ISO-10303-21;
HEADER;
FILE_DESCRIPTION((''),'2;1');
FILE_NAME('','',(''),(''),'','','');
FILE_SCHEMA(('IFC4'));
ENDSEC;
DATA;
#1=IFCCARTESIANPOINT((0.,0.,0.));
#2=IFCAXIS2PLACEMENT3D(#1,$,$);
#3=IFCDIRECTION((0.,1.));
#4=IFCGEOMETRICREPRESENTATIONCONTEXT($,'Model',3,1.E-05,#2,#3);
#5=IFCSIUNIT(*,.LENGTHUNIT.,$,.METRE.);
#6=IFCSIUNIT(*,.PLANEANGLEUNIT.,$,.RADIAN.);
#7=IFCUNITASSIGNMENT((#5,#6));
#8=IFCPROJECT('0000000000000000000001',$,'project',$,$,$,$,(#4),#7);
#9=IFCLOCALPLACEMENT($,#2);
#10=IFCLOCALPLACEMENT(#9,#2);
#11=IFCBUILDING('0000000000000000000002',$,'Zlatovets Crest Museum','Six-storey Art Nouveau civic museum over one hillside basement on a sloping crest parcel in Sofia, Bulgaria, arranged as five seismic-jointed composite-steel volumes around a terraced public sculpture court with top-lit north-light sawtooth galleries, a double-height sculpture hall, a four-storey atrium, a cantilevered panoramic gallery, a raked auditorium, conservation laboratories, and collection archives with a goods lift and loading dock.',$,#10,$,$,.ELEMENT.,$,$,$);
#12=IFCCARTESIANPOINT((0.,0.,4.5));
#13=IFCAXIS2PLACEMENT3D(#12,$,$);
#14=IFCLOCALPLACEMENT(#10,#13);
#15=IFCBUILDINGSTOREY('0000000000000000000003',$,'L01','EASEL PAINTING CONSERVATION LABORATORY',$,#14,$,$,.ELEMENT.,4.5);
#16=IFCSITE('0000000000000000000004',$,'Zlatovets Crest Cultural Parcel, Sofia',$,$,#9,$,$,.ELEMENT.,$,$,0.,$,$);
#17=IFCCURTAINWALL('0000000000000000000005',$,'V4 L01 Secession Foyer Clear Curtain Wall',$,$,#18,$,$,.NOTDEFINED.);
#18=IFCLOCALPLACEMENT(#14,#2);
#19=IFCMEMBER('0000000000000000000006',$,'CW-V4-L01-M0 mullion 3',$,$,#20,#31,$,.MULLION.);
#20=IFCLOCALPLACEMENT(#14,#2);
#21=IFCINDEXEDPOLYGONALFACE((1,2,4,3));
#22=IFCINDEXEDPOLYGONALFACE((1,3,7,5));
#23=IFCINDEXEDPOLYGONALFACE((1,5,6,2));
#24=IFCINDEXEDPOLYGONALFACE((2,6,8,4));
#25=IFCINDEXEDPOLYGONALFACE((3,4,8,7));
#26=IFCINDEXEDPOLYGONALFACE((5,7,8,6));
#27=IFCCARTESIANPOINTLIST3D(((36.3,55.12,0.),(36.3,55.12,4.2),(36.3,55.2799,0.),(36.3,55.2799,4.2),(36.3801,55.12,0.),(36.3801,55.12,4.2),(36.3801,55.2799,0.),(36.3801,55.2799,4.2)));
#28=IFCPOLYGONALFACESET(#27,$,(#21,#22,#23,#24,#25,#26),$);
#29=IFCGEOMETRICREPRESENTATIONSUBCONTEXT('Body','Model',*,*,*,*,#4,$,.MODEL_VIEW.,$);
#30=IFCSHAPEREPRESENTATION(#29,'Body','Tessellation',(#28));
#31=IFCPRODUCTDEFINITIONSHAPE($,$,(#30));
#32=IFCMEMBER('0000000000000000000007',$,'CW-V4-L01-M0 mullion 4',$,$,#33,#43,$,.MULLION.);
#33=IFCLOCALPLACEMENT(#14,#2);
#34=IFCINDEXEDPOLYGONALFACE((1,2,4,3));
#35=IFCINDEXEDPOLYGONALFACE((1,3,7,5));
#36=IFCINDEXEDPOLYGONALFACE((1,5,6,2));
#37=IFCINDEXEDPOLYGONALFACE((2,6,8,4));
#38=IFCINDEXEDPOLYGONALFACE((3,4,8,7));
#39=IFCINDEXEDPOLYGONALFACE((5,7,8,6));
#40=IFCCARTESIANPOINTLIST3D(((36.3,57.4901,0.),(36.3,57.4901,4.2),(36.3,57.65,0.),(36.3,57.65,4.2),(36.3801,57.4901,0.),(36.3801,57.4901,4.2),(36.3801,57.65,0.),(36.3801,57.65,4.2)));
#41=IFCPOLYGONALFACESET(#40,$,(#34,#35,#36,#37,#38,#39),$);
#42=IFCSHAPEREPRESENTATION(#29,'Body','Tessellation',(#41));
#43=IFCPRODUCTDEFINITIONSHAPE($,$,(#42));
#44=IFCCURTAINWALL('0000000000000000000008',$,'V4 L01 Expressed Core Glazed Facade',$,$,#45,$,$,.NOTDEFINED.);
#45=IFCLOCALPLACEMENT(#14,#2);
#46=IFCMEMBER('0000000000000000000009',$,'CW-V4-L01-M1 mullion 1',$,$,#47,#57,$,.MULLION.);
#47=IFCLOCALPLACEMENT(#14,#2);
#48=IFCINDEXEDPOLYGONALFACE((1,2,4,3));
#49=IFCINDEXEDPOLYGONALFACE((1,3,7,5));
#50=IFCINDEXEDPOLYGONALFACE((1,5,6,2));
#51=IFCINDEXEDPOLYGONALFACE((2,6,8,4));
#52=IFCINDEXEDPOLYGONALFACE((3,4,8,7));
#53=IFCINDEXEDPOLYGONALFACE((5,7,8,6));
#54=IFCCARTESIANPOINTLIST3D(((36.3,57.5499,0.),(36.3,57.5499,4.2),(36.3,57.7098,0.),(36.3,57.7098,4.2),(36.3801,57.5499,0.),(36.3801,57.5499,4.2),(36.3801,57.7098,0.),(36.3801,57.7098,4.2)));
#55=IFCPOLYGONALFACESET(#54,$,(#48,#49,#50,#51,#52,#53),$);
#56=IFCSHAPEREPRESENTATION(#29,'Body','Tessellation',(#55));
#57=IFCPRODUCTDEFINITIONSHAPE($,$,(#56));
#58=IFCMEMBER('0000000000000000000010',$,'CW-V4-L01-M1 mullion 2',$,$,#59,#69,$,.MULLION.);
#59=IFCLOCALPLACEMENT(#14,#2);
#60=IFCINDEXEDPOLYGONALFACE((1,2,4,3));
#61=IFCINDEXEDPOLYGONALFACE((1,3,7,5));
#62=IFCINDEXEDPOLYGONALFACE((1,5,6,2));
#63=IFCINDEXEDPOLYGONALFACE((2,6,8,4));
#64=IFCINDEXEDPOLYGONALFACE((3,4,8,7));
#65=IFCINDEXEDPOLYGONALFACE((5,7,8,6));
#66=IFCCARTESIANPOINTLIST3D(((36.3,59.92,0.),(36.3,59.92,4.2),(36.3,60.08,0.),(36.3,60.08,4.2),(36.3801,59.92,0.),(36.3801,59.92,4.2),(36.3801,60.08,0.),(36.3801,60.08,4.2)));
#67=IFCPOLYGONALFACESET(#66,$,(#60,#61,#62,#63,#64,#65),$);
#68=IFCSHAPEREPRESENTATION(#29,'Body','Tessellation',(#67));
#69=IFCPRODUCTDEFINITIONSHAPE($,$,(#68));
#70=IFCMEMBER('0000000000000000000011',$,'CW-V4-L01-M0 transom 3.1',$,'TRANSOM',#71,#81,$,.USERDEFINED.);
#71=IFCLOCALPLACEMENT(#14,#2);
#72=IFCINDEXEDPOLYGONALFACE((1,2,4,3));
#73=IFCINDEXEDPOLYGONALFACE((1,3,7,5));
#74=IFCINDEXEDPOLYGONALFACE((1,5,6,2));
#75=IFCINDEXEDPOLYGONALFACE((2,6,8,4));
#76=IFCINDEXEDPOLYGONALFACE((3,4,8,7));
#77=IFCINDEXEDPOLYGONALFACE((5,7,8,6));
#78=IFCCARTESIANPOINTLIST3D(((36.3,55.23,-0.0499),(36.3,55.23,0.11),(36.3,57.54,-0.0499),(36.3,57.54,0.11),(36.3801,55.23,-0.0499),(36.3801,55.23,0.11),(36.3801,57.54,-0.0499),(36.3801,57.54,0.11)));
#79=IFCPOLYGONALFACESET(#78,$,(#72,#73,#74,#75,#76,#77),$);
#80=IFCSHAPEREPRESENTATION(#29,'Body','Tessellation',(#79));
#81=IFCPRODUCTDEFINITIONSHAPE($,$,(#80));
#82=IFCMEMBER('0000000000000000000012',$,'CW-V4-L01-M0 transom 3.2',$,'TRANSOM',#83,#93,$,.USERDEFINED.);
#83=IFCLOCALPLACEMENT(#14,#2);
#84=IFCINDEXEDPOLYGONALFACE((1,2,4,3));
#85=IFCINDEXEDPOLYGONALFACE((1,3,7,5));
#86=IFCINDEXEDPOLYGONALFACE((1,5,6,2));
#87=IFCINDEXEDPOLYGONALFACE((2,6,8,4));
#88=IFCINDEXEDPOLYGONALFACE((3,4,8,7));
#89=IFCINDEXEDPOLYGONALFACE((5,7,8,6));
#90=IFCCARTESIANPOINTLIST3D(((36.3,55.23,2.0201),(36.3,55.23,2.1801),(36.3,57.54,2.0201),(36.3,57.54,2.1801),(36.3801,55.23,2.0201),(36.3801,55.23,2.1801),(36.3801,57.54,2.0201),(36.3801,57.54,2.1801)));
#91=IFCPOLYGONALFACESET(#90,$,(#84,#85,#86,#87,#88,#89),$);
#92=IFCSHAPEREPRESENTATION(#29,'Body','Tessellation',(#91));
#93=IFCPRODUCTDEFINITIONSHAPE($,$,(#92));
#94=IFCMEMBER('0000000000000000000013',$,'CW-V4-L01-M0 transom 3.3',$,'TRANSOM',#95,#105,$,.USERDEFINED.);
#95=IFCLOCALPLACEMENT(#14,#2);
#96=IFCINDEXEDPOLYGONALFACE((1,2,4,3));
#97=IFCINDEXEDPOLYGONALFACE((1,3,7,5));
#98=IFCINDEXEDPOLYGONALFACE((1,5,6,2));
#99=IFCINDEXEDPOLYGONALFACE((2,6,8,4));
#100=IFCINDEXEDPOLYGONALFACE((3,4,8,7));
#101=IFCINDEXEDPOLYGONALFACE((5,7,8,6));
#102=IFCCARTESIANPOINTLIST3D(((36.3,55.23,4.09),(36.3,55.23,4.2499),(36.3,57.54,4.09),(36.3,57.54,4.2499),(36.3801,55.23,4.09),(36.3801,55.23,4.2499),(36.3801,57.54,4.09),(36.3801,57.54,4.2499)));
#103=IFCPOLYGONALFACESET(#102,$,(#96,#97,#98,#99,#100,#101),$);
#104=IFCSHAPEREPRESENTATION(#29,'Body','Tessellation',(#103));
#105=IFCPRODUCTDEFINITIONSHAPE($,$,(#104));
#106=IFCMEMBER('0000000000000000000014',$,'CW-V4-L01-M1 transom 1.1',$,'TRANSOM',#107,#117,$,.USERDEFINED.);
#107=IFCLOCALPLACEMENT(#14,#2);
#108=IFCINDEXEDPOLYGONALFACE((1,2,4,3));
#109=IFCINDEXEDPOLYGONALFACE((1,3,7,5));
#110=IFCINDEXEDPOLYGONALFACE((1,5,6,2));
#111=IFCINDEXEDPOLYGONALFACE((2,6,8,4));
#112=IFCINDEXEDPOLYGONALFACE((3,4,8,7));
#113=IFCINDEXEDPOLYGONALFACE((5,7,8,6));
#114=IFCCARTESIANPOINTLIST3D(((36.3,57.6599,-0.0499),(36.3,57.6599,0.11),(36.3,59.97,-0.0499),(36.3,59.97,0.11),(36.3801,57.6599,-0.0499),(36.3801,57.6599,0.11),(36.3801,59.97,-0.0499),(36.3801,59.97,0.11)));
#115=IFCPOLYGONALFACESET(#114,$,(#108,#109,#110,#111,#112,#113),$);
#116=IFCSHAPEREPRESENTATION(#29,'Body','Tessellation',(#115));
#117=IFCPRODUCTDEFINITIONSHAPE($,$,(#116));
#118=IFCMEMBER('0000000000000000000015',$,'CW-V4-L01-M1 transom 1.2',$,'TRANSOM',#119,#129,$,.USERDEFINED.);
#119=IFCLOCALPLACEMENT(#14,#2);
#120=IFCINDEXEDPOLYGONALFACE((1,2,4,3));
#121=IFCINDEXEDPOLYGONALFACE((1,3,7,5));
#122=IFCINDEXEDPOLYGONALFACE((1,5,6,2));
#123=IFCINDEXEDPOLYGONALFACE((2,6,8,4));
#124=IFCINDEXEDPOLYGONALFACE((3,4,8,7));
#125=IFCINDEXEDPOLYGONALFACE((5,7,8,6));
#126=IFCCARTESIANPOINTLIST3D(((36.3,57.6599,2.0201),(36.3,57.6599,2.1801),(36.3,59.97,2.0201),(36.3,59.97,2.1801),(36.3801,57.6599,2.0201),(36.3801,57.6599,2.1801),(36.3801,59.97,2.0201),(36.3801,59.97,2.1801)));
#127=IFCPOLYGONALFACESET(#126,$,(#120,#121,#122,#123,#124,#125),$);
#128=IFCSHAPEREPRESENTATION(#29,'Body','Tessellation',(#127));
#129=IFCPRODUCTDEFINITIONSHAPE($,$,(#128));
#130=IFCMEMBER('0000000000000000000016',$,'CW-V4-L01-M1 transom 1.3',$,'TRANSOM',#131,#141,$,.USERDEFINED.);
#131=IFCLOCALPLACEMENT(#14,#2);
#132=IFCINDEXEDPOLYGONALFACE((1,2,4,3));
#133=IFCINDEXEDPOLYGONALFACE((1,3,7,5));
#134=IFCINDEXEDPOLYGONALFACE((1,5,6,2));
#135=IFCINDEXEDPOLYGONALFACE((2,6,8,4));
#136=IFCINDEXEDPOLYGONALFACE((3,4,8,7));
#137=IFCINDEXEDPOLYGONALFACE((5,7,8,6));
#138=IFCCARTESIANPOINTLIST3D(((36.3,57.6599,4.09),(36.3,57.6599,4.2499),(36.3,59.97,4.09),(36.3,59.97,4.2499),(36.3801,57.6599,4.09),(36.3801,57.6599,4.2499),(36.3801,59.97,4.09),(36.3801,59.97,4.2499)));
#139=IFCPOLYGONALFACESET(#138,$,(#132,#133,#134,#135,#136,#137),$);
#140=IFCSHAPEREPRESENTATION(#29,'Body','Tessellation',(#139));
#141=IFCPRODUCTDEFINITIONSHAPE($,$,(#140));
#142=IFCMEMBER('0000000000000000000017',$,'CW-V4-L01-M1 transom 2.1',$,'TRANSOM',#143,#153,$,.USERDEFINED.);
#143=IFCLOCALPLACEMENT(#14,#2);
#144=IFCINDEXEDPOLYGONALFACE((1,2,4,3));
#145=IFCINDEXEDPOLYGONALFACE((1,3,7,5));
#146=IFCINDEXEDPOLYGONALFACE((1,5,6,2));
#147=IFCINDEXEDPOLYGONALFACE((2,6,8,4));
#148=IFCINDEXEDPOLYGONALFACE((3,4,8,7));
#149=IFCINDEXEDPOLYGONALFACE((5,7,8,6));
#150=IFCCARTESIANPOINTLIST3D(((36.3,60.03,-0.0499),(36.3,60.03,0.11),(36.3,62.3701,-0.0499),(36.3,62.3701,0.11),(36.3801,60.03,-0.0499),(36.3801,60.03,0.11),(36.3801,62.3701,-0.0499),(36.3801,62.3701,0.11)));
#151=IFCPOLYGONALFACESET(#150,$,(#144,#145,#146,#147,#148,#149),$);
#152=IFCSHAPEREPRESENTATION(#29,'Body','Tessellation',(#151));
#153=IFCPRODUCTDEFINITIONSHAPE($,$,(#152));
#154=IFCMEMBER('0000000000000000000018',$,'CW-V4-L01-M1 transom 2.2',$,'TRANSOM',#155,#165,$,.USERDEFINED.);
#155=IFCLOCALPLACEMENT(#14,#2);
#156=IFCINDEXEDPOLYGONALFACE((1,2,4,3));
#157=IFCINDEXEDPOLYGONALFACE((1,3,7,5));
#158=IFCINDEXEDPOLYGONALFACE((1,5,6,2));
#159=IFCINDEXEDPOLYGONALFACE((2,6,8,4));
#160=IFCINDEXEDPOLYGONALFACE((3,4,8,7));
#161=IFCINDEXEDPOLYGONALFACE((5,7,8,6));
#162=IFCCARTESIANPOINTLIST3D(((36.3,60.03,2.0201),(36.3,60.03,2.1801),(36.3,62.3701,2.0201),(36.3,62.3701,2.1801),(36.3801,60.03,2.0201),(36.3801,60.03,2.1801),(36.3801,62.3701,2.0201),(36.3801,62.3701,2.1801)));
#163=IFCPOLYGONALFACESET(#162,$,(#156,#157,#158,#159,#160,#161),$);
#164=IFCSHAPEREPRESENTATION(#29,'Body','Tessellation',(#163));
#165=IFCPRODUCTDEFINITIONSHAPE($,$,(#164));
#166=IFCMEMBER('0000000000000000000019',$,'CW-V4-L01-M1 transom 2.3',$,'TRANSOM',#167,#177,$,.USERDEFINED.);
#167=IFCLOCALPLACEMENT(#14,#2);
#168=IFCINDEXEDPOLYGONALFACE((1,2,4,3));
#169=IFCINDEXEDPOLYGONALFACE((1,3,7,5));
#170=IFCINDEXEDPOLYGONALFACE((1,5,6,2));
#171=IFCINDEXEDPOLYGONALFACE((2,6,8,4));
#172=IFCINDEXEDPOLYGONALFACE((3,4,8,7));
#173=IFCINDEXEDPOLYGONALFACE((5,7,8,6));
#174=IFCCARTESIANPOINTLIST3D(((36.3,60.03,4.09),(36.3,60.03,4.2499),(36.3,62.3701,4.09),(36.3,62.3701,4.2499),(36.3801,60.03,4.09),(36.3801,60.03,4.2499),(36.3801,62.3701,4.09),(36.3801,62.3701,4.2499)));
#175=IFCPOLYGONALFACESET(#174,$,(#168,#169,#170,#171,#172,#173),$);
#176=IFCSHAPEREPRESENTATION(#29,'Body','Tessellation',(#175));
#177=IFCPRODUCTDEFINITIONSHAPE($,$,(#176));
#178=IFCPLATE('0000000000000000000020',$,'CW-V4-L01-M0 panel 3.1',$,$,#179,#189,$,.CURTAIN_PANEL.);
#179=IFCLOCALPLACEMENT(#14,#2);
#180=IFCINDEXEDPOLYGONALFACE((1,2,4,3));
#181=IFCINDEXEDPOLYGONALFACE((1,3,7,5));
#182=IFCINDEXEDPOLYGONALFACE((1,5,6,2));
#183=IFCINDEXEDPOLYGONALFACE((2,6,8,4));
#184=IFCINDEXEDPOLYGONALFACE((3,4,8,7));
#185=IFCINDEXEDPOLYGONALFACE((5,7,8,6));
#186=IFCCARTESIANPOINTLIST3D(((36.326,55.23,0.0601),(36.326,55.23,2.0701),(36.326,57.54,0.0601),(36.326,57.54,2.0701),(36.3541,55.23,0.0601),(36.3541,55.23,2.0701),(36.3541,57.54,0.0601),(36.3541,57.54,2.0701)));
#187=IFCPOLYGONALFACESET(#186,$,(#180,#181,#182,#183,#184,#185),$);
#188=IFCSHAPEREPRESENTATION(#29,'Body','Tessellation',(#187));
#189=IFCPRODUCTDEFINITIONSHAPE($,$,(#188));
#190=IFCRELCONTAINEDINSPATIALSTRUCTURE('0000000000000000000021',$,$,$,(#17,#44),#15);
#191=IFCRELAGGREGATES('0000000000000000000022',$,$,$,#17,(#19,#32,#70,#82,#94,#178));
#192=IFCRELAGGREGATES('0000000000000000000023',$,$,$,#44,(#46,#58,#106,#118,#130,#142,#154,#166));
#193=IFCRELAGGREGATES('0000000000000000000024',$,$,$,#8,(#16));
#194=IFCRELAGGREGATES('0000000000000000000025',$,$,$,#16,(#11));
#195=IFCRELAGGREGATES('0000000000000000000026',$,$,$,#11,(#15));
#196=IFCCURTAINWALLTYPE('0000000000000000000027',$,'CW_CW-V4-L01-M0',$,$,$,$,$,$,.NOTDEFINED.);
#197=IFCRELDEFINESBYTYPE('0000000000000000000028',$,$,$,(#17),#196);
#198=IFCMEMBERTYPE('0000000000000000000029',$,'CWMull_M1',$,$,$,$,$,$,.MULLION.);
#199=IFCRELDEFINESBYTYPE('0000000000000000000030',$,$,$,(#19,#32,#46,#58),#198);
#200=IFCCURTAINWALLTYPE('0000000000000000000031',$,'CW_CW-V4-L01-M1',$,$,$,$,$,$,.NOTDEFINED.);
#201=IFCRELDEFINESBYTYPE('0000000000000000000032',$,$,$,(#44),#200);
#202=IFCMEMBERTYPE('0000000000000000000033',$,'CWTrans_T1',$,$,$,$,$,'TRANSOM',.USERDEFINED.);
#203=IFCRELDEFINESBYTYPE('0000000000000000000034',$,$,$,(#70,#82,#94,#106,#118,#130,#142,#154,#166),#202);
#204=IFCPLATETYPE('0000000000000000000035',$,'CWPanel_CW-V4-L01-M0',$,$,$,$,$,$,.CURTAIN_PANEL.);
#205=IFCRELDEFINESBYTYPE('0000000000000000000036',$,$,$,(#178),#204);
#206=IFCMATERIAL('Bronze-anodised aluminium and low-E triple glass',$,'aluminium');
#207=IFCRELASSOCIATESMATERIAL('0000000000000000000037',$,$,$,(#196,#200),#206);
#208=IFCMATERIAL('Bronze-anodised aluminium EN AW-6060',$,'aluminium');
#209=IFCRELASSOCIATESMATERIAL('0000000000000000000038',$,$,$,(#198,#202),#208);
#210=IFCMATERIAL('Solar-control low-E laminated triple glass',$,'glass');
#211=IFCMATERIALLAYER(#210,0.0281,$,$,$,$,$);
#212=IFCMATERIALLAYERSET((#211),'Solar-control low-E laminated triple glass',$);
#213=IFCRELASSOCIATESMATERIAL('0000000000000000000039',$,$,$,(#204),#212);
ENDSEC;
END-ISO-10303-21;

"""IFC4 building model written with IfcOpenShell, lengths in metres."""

from ifc_helpers import new_model, si_unit, direction, frame, origin, origin_2d, place, context, subcontext, project, spatial, rectangle, extrude, material, layer, layer_set, material_profile, profile_set, type_object, element, aggregate, save


model = new_model("IFC4")

# Units and contexts
model_context = context("Model", 3, precision=1e-05, world=origin(), true_north=direction((0.0, 1.0)))
body_context = subcontext(model_context, "Body", "Model", "MODEL_VIEW")
ifc_project = project(units=[si_unit("LENGTHUNIT", "METRE"), si_unit("PLANEANGLEUNIT", "RADIAN")], contexts=[model_context])

# Site, building, storey
site_placement = place(None, origin())
site = spatial("IfcSite", under=ifc_project, at=site_placement, Name="Zlatovets Crest Cultural Parcel, Sofia", CompositionType="ELEMENT", RefElevation=0.0)
building_placement = place(site_placement, origin())
building = spatial("IfcBuilding", under=site, at=building_placement, Name="Zlatovets Crest Museum", Description="Six-storey Art Nouveau civic museum over one hillside basement on a sloping crest parcel in Sofia, Bulgaria, arranged as five seismic-jointed composite-steel volumes around a terraced public sculpture court with top-lit north-light sawtooth galleries, a double-height sculpture hall, a four-storey atrium, a cantilevered panoramic gallery, a raked auditorium, conservation laboratories, and collection archives with a goods lift and loading dock.", CompositionType="ELEMENT")
storey_placement = place(building_placement, frame((0.0, 0.0, 4.5)))
storey = spatial("IfcBuildingStorey", under=building, at=storey_placement, Name="L01", Description="EASEL PAINTING CONSERVATION LABORATORY", CompositionType="ELEMENT", Elevation=4.5)

# Curtain walls, members
ifc_material_1 = material(Name="Bronze-anodised aluminium and low-E triple glass", Category="aluminium")
curtain_wall_type_1 = type_object("IfcCurtainWallType", Name="CW_CW-V4-L01-M0", PredefinedType="NOTDEFINED", material=ifc_material_1)
curtain_wall_1_placement = place(storey_placement, origin())
curtain_wall_1 = element("IfcCurtainWall", 1, at=curtain_wall_1_placement, inside=storey, type_object=curtain_wall_type_1, Name="V4 L01 Secession Foyer Clear Curtain Wall", PredefinedType="NOTDEFINED")
ifc_material_2 = material(Name="Bronze-anodised aluminium EN AW-6060", Category="aluminium")
ifc_material_profile_1 = material_profile(ifc_material_2, rectangle(XDim=0.0801, YDim=0.1599, at=origin_2d()), Name="ALU 80x160")
ifc_profile_set_1 = profile_set([ifc_material_profile_1], Name="Bronze-anodised aluminium EN AW-6060")
member_type_1 = type_object("IfcMemberType", Name="CWMull_M1", PredefinedType="MULLION", material=ifc_profile_set_1)
member_1_placement = place(storey_placement, frame((36.3401, 55.2, 0.0), z_axis=(0.0, 0.0, 1.0), x_axis=(-1.0, 0.0, 0.0)))
member_1 = element("IfcMember", 2, at=member_1_placement, type_object=member_type_1, Name="CW-V4-L01-M0 mullion 3", PredefinedType="MULLION", context=body_context, shape_type="SweptSolid", body=[
    extrude(rectangle(XDim=0.0801, YDim=0.1599, at=origin_2d()), origin(), (0.0, 0.0, 1.0), 4.2),
])
member_2_placement = place(storey_placement, frame((36.3401, 57.5701, 0.0), z_axis=(0.0, 0.0, 1.0), x_axis=(-1.0, 0.0, 0.0)))
member_2 = element("IfcMember", 3, at=member_2_placement, type_object=member_type_1, Name="CW-V4-L01-M0 mullion 4", PredefinedType="MULLION", context=body_context, shape_type="SweptSolid", body=[
    extrude(rectangle(XDim=0.0801, YDim=0.1599, at=origin_2d()), origin(), (0.0, 0.0, 1.0), 4.2),
])
curtain_wall_type_2 = type_object("IfcCurtainWallType", Name="CW_CW-V4-L01-M1", PredefinedType="NOTDEFINED", material=ifc_material_1)
curtain_wall_2_placement = place(storey_placement, origin())
curtain_wall_2 = element("IfcCurtainWall", 4, at=curtain_wall_2_placement, inside=storey, type_object=curtain_wall_type_2, Name="V4 L01 Expressed Core Glazed Facade", PredefinedType="NOTDEFINED")
member_3_placement = place(storey_placement, frame((36.3401, 57.6299, 0.0), z_axis=(0.0, 0.0, 1.0), x_axis=(-1.0, 0.0, 0.0)))
member_3 = element("IfcMember", 5, at=member_3_placement, type_object=member_type_1, Name="CW-V4-L01-M1 mullion 1", PredefinedType="MULLION", context=body_context, shape_type="SweptSolid", body=[
    extrude(rectangle(XDim=0.0801, YDim=0.1599, at=origin_2d()), origin(), (0.0, 0.0, 1.0), 4.2),
])
member_4_placement = place(storey_placement, frame((36.3401, 60.0, 0.0), z_axis=(0.0, 0.0, 1.0), x_axis=(-1.0, 0.0, 0.0)))
member_4 = element("IfcMember", 6, at=member_4_placement, type_object=member_type_1, Name="CW-V4-L01-M1 mullion 2", PredefinedType="MULLION", context=body_context, shape_type="SweptSolid", body=[
    extrude(rectangle(XDim=0.0801, YDim=0.1599, at=origin_2d()), origin(), (0.0, 0.0, 1.0), 4.2),
])

# Members
ifc_material_profile_2 = material_profile(ifc_material_2, rectangle(XDim=0.0801, YDim=0.1599, at=origin_2d()), Name="ALU 80x160")
ifc_profile_set_2 = profile_set([ifc_material_profile_2], Name="Bronze-anodised aluminium EN AW-6060")
member_type_2 = type_object("IfcMemberType", Name="CWTrans_T1", ElementType="TRANSOM", PredefinedType="USERDEFINED", material=ifc_profile_set_2)
member_5_placement = place(storey_placement, frame((36.3401, 55.23, 0.03), z_axis=(0.0, 1.0, 0.0), x_axis=(-1.0, 0.0, 0.0)))
member_5 = element("IfcMember", 7, at=member_5_placement, type_object=member_type_2, Name="CW-V4-L01-M0 transom 3.1", ObjectType="TRANSOM", PredefinedType="USERDEFINED", context=body_context, shape_type="SweptSolid", body=[
    extrude(rectangle(XDim=0.0801, YDim=0.1599, at=origin_2d()), origin(), (0.0, 0.0, 1.0), 2.3101),
])
member_6_placement = place(storey_placement, frame((36.3401, 55.23, 2.1001), z_axis=(0.0, 1.0, 0.0), x_axis=(-1.0, 0.0, 0.0)))
member_6 = element("IfcMember", 8, at=member_6_placement, type_object=member_type_2, Name="CW-V4-L01-M0 transom 3.2", ObjectType="TRANSOM", PredefinedType="USERDEFINED", context=body_context, shape_type="SweptSolid", body=[
    extrude(rectangle(XDim=0.0801, YDim=0.1599, at=origin_2d()), origin(), (0.0, 0.0, 1.0), 2.3101),
])
member_7_placement = place(storey_placement, frame((36.3401, 55.23, 4.1699), z_axis=(0.0, 1.0, 0.0), x_axis=(-1.0, 0.0, 0.0)))
member_7 = element("IfcMember", 9, at=member_7_placement, type_object=member_type_2, Name="CW-V4-L01-M0 transom 3.3", ObjectType="TRANSOM", PredefinedType="USERDEFINED", context=body_context, shape_type="SweptSolid", body=[
    extrude(rectangle(XDim=0.0801, YDim=0.1599, at=origin_2d()), origin(), (0.0, 0.0, 1.0), 2.3101),
])
member_8_placement = place(storey_placement, frame((36.3401, 57.6599, 0.03), z_axis=(0.0, 1.0, 0.0), x_axis=(-1.0, 0.0, 0.0)))
member_8 = element("IfcMember", 10, at=member_8_placement, type_object=member_type_2, Name="CW-V4-L01-M1 transom 1.1", ObjectType="TRANSOM", PredefinedType="USERDEFINED", context=body_context, shape_type="SweptSolid", body=[
    extrude(rectangle(XDim=0.0801, YDim=0.1599, at=origin_2d()), origin(), (0.0, 0.0, 1.0), 2.3101),
])
member_9_placement = place(storey_placement, frame((36.3401, 57.6599, 2.1001), z_axis=(0.0, 1.0, 0.0), x_axis=(-1.0, 0.0, 0.0)))
member_9 = element("IfcMember", 11, at=member_9_placement, type_object=member_type_2, Name="CW-V4-L01-M1 transom 1.2", ObjectType="TRANSOM", PredefinedType="USERDEFINED", context=body_context, shape_type="SweptSolid", body=[
    extrude(rectangle(XDim=0.0801, YDim=0.1599, at=origin_2d()), origin(), (0.0, 0.0, 1.0), 2.3101),
])
member_10_placement = place(storey_placement, frame((36.3401, 57.6599, 4.1699), z_axis=(0.0, 1.0, 0.0), x_axis=(-1.0, 0.0, 0.0)))
member_10 = element("IfcMember", 12, at=member_10_placement, type_object=member_type_2, Name="CW-V4-L01-M1 transom 1.3", ObjectType="TRANSOM", PredefinedType="USERDEFINED", context=body_context, shape_type="SweptSolid", body=[
    extrude(rectangle(XDim=0.0801, YDim=0.1599, at=origin_2d()), origin(), (0.0, 0.0, 1.0), 2.3101),
])
member_11_placement = place(storey_placement, frame((36.3401, 60.03, 0.03), z_axis=(0.0, 1.0, 0.0), x_axis=(-1.0, 0.0, 0.0)))
member_11 = element("IfcMember", 13, at=member_11_placement, type_object=member_type_2, Name="CW-V4-L01-M1 transom 2.1", ObjectType="TRANSOM", PredefinedType="USERDEFINED", context=body_context, shape_type="SweptSolid", body=[
    extrude(rectangle(XDim=0.0801, YDim=0.1599, at=origin_2d()), origin(), (0.0, 0.0, 1.0), 2.3401),
])
member_12_placement = place(storey_placement, frame((36.3401, 60.03, 2.1001), z_axis=(0.0, 1.0, 0.0), x_axis=(-1.0, 0.0, 0.0)))
member_12 = element("IfcMember", 14, at=member_12_placement, type_object=member_type_2, Name="CW-V4-L01-M1 transom 2.2", ObjectType="TRANSOM", PredefinedType="USERDEFINED", context=body_context, shape_type="SweptSolid", body=[
    extrude(rectangle(XDim=0.0801, YDim=0.1599, at=origin_2d()), origin(), (0.0, 0.0, 1.0), 2.3401),
])
member_13_placement = place(storey_placement, frame((36.3401, 60.03, 4.1699), z_axis=(0.0, 1.0, 0.0), x_axis=(-1.0, 0.0, 0.0)))
member_13 = element("IfcMember", 15, at=member_13_placement, type_object=member_type_2, Name="CW-V4-L01-M1 transom 2.3", ObjectType="TRANSOM", PredefinedType="USERDEFINED", context=body_context, shape_type="SweptSolid", body=[
    extrude(rectangle(XDim=0.0801, YDim=0.1599, at=origin_2d()), origin(), (0.0, 0.0, 1.0), 2.3401),
])

# Plate
ifc_material_3 = material(Name="Solar-control low-E laminated triple glass", Category="glass")
ifc_layer_1 = layer(ifc_material_3, 0.0281)
ifc_layer_set_1 = layer_set([ifc_layer_1], Name="Solar-control low-E laminated triple glass")
plate_type_1 = type_object("IfcPlateType", Name="CWPanel_CW-V4-L01-M0", PredefinedType="CURTAIN_PANEL", material=ifc_layer_set_1)
plate_1_placement = place(storey_placement, frame((36.3401, 56.385, 0.0601), z_axis=(0.0, 0.0, 1.0), x_axis=(0.0, 1.0, 0.0)))
plate_1 = element("IfcPlate", 16, at=plate_1_placement, type_object=plate_type_1, Name="CW-V4-L01-M0 panel 3.1", PredefinedType="CURTAIN_PANEL", context=body_context, shape_type="SweptSolid", body=[
    extrude(rectangle(XDim=2.3101, YDim=0.0281, at=origin_2d()), origin(), (0.0, 0.0, 1.0), 2.01),
])
aggregate(curtain_wall_1, [member_1, member_2, member_5, member_6, member_7, plate_1])
aggregate(curtain_wall_2, [member_3, member_4, member_8, member_9, member_10, member_11, member_12, member_13])

save(model, "model.ifc")
